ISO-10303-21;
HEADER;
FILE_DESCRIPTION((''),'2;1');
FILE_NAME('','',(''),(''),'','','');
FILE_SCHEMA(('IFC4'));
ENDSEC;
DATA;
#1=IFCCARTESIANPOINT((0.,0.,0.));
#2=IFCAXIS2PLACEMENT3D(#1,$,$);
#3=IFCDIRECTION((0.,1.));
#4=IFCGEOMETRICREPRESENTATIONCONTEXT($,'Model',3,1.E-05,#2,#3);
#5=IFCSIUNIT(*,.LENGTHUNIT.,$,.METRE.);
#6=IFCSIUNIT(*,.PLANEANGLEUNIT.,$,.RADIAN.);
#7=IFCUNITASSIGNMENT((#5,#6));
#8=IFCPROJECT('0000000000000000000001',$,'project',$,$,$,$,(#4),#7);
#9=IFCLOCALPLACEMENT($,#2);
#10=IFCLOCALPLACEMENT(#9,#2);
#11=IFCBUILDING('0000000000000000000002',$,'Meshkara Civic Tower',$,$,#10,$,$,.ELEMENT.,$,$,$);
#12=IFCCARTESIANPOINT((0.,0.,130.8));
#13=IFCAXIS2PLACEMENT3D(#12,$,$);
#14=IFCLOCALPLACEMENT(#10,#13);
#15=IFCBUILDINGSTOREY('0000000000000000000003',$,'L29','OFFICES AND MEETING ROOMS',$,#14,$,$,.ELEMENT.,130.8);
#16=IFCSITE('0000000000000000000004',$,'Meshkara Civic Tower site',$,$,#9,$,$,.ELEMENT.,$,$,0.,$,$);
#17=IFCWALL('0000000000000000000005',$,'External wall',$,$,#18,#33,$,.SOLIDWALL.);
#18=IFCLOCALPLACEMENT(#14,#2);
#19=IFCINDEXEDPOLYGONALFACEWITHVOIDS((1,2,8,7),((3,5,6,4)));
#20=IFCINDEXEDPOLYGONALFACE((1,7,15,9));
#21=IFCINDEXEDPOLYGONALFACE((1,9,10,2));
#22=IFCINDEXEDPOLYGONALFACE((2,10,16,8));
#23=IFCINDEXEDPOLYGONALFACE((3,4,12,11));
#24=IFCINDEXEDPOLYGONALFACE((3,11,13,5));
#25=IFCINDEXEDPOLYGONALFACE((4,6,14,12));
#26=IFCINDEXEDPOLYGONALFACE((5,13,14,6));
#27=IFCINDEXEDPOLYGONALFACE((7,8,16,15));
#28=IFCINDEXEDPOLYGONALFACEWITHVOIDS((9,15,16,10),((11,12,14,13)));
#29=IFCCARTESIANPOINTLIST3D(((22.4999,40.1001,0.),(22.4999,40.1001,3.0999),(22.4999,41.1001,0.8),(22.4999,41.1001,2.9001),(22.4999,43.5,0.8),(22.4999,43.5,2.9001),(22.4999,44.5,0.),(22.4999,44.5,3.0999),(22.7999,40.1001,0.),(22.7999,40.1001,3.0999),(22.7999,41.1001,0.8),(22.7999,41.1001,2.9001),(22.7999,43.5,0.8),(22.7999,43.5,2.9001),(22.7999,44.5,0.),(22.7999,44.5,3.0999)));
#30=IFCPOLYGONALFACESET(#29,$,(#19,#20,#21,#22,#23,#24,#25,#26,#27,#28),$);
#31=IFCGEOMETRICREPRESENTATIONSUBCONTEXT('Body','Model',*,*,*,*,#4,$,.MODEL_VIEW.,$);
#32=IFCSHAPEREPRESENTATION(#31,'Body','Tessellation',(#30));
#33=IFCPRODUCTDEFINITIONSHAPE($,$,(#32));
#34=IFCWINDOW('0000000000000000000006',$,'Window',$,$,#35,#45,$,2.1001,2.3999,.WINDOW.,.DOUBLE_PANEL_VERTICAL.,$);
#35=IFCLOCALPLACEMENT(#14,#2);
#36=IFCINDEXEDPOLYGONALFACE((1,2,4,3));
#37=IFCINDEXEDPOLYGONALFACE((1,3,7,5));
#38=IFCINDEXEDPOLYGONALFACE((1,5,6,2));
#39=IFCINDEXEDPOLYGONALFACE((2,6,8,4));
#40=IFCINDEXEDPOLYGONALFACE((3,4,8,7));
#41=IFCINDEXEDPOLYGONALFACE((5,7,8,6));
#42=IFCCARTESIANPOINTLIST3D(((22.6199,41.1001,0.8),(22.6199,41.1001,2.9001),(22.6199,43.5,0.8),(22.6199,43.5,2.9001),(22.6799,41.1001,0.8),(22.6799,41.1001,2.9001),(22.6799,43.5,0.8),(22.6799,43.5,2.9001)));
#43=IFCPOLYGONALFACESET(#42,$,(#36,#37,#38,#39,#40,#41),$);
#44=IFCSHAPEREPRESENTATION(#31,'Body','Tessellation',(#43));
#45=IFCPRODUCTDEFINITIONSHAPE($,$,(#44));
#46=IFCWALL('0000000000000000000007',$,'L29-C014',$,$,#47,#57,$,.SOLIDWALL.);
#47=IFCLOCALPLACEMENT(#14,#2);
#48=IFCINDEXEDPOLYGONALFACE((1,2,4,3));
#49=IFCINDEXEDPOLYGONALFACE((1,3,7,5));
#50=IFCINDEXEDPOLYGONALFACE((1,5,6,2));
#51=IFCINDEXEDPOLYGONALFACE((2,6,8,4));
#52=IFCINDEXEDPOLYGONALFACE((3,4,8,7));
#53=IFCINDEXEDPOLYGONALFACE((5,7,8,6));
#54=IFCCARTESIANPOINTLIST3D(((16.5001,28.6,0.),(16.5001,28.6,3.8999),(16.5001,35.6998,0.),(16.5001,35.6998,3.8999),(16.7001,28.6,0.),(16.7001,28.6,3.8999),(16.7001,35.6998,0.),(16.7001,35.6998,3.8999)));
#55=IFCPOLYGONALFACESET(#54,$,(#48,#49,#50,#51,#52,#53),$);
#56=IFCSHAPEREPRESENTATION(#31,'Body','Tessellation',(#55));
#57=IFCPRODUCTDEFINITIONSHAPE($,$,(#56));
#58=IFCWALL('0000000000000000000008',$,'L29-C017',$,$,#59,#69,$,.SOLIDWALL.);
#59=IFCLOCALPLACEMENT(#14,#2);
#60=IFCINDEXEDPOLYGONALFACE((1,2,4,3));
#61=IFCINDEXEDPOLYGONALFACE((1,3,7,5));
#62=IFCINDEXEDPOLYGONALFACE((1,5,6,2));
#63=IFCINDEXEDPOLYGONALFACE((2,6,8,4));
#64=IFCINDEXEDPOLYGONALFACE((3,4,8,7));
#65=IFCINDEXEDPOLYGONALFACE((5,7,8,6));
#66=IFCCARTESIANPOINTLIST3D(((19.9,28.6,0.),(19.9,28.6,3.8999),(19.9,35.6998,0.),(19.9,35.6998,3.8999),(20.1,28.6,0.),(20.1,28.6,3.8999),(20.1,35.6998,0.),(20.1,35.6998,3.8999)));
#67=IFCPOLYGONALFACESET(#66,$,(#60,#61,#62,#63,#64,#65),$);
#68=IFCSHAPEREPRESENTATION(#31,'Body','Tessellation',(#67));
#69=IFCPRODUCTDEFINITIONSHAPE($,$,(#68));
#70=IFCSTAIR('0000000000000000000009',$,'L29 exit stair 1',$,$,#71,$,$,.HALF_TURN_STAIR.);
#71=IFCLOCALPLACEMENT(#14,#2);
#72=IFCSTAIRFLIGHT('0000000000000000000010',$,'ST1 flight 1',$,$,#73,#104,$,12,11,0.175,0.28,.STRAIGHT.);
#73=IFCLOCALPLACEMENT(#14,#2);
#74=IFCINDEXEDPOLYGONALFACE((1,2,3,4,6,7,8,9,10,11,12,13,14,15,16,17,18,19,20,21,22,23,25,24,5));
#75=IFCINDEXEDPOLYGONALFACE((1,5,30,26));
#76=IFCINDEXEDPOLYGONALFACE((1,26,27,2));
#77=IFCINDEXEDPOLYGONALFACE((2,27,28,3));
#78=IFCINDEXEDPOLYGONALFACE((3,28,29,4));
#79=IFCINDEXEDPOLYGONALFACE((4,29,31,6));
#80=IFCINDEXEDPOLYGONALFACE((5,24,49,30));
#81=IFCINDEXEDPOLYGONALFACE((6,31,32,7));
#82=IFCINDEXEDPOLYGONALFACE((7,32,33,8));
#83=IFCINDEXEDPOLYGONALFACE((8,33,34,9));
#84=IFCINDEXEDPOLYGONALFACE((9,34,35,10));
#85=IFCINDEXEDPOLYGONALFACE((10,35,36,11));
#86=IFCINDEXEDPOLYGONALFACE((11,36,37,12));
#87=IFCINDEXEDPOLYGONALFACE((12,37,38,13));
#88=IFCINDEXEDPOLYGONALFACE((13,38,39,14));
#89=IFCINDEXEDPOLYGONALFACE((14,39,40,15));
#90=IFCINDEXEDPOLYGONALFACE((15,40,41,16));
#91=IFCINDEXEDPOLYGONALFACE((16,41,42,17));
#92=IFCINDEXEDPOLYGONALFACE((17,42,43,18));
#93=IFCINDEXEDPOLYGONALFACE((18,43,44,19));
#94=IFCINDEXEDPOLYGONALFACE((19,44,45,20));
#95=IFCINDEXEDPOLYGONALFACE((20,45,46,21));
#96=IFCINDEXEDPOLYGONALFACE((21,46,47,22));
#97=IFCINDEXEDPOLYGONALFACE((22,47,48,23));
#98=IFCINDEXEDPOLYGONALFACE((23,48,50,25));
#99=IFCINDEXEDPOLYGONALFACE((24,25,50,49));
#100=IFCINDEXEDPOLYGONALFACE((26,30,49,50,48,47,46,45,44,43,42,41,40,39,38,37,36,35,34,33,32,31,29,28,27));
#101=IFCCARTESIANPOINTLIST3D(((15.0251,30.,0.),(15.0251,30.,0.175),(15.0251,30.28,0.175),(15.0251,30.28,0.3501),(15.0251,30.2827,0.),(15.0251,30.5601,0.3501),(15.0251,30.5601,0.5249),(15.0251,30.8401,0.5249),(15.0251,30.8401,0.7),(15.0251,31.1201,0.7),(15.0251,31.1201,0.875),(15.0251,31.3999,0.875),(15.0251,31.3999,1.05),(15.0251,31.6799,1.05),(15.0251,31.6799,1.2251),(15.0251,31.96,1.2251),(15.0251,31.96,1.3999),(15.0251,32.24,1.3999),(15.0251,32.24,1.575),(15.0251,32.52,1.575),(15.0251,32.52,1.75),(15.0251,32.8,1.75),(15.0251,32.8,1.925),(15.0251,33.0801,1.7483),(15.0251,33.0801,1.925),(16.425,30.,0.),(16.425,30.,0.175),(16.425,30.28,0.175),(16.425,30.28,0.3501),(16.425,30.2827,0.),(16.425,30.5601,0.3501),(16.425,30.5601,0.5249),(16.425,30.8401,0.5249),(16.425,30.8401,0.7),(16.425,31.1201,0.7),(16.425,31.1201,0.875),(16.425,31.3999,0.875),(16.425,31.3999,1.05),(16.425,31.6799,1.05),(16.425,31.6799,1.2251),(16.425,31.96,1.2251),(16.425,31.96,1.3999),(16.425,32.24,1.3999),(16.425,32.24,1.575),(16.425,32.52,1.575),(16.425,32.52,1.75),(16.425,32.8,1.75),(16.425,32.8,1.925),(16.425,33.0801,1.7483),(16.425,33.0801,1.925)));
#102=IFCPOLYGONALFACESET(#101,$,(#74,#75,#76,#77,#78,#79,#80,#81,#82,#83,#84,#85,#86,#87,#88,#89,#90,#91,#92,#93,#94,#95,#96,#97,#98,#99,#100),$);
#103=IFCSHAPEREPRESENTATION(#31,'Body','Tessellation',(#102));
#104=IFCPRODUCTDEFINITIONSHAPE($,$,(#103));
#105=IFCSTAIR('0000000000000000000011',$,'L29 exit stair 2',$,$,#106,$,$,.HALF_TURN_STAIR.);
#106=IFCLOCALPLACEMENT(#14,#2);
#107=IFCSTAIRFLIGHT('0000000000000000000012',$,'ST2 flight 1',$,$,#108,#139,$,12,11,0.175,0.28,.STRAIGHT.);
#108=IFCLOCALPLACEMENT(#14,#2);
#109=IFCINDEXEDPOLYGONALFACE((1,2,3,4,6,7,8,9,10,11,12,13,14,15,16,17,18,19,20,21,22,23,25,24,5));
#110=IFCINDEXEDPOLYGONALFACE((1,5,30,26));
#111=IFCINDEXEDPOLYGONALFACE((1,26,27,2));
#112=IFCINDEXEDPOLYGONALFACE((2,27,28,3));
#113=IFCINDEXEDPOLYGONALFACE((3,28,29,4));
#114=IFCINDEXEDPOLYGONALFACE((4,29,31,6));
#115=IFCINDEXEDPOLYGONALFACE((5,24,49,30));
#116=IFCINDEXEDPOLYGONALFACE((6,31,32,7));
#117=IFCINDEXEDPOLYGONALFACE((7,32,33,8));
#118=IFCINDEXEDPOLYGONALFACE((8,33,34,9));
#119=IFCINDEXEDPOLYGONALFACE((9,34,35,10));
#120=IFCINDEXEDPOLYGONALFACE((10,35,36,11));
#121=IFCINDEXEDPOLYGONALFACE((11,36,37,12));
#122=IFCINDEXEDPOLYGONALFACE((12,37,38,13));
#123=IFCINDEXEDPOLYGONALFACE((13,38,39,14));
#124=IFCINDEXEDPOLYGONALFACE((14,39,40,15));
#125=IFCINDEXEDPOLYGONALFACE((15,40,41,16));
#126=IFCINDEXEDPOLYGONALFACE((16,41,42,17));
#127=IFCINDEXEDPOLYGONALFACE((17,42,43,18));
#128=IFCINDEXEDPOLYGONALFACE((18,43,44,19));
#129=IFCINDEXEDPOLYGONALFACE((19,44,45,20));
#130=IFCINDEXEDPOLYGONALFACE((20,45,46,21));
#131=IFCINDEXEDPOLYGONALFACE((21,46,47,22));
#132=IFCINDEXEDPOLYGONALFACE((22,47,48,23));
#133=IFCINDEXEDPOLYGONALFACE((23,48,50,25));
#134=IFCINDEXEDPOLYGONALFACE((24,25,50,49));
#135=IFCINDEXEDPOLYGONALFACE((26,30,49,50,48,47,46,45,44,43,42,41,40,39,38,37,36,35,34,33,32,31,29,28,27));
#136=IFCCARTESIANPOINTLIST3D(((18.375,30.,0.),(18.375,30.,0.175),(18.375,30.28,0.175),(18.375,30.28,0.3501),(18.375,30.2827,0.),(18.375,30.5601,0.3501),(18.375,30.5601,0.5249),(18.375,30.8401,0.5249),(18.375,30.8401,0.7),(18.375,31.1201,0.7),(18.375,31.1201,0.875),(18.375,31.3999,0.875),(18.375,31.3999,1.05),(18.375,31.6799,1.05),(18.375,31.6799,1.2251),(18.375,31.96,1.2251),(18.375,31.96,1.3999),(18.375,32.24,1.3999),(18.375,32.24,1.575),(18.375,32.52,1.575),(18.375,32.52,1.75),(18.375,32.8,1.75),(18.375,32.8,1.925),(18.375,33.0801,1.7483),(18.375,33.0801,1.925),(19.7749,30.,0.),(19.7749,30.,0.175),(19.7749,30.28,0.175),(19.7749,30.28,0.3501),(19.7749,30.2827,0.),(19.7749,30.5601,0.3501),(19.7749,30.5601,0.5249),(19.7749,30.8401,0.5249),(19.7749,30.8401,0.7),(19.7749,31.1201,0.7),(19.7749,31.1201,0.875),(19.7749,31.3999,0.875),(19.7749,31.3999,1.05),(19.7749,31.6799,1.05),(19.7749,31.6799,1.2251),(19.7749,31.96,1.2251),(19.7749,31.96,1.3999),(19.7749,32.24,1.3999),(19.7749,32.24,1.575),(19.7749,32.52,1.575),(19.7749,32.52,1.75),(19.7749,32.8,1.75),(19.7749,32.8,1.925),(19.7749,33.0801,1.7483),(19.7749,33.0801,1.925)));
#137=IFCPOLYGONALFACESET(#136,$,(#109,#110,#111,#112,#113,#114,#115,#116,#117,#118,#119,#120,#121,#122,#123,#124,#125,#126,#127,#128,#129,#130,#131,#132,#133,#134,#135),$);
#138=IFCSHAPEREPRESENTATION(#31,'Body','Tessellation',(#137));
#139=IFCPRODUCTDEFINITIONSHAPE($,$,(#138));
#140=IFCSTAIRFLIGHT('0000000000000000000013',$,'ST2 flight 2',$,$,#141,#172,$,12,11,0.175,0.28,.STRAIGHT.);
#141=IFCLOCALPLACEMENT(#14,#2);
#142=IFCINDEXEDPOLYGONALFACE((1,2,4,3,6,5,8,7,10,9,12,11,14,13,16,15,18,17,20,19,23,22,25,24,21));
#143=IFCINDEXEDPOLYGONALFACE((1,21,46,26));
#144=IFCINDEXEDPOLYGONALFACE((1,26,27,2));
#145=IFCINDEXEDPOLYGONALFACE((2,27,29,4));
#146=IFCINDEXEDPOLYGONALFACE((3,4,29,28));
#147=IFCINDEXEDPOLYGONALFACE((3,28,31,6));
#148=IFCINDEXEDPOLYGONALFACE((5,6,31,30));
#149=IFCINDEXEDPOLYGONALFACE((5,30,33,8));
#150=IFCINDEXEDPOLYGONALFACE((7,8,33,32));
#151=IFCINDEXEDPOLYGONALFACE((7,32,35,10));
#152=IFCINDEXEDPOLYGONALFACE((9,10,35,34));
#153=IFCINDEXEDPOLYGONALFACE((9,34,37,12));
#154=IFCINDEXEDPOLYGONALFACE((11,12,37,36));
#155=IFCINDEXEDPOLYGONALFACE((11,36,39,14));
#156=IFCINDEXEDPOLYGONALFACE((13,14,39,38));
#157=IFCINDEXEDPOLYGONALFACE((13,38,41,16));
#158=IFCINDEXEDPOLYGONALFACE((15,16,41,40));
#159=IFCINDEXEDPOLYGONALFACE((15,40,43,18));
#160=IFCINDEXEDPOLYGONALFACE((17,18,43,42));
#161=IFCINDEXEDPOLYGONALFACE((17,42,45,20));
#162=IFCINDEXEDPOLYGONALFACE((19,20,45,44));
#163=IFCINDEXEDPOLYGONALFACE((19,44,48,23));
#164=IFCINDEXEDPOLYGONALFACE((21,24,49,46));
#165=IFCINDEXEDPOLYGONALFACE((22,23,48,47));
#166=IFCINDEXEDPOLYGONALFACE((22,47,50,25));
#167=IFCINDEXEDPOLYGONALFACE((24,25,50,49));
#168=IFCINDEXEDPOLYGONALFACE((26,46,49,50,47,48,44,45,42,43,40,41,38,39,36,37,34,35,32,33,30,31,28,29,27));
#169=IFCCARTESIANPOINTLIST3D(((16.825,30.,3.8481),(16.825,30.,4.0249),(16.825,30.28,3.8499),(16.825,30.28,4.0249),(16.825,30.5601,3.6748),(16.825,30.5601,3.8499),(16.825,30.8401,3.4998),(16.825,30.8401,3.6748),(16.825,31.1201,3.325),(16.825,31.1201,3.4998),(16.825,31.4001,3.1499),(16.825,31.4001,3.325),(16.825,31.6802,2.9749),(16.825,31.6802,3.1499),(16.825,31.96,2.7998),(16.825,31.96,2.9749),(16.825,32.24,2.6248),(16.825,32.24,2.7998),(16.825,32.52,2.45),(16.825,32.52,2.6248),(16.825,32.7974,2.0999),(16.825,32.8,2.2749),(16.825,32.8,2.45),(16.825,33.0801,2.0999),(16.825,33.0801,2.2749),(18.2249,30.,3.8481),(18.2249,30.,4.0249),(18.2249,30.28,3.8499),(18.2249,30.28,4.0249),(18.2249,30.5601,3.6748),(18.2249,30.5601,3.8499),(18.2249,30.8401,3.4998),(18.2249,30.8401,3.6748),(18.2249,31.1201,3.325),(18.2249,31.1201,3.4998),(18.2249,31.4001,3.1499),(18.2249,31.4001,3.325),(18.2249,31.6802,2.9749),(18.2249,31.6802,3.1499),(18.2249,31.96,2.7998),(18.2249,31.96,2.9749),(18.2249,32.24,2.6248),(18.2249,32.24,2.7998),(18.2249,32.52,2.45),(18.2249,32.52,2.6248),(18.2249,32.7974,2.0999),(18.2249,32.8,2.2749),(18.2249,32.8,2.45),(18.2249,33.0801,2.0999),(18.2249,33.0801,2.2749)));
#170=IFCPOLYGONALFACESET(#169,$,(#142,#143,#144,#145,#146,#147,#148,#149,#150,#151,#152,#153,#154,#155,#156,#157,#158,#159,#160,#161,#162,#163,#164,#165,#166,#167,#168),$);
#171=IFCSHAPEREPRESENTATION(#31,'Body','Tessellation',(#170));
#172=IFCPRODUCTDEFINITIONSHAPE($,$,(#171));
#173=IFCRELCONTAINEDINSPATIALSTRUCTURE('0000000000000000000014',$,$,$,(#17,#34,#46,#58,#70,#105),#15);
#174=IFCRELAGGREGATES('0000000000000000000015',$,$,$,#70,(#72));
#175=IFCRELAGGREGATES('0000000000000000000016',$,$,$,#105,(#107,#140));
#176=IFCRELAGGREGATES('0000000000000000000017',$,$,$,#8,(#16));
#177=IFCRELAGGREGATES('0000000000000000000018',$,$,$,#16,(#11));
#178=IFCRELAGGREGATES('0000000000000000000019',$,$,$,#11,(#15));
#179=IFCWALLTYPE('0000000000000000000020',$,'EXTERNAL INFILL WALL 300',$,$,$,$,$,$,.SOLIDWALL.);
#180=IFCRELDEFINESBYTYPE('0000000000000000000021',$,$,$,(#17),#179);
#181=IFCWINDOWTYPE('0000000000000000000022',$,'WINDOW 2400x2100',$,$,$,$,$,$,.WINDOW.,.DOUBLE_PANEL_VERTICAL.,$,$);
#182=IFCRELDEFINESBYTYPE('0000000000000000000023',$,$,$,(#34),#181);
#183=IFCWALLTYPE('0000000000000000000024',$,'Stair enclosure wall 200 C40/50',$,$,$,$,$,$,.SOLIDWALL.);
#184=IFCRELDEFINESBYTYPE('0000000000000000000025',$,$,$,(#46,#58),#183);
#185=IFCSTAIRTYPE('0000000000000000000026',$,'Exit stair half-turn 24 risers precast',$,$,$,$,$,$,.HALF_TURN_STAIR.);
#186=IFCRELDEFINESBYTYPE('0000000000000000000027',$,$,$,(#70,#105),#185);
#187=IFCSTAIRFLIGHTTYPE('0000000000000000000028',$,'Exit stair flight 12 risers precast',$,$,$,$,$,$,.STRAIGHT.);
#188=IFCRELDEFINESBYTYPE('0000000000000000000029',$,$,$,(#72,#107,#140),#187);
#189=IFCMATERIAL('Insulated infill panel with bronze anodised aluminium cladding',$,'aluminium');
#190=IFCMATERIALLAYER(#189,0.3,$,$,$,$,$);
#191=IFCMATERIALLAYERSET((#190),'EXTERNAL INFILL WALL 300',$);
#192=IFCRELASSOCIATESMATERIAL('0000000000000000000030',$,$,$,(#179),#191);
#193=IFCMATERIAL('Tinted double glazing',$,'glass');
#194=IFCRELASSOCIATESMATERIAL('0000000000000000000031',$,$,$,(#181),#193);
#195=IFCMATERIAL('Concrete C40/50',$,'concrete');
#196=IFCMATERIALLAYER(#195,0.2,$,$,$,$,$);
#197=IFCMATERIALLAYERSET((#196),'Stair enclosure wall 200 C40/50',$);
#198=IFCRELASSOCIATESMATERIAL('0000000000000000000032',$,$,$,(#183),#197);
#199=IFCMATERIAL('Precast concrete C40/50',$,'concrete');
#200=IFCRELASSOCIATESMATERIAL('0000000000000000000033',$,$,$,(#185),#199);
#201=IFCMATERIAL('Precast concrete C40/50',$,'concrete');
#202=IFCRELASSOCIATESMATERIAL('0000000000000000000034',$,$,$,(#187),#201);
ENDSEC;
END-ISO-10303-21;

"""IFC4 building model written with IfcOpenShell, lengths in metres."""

from ifc_helpers import new_model, si_unit, direction, frame, frame_2d, origin, place, context, subcontext, project, spatial, polyline, rectangle, outline, extrude, material, layer, layer_set, type_object, element, fill, aggregate, save


model = new_model("IFC4")

# Units and contexts
model_context = context("Model", 3, precision=1e-05, world=origin(), true_north=direction((0.0, 1.0)))
body_context = subcontext(model_context, "Body", "Model", "MODEL_VIEW")
ifc_project = project(units=[si_unit("LENGTHUNIT", "METRE"), si_unit("PLANEANGLEUNIT", "RADIAN")], contexts=[model_context])

# Site, building, storey
site_placement = place(None, origin())
site = spatial("IfcSite", under=ifc_project, at=site_placement, Name="Meshkara Civic Tower site", CompositionType="ELEMENT", RefElevation=0.0)
building_placement = place(site_placement, origin())
building = spatial("IfcBuilding", under=site, at=building_placement, Name="Meshkara Civic Tower", CompositionType="ELEMENT")
storey_placement = place(building_placement, frame((0.0, 0.0, 130.8)))
storey = spatial("IfcBuildingStorey", under=building, at=storey_placement, Name="L29", Description="OFFICES AND MEETING ROOMS", CompositionType="ELEMENT", Elevation=130.8)

# Wall, opening, window
ifc_material_1 = material(Name="Insulated infill panel with bronze anodised aluminium cladding", Category="aluminium")
ifc_layer_1 = layer(ifc_material_1, 0.3)
ifc_layer_set_1 = layer_set([ifc_layer_1], Name="EXTERNAL INFILL WALL 300")
wall_type_1 = type_object("IfcWallType", Name="EXTERNAL INFILL WALL 300", PredefinedType="SOLIDWALL", material=ifc_layer_set_1)
ifc_material_2 = material(Name="Tinted double glazing", Category="glass")
window_type_1 = type_object("IfcWindowType", Name="WINDOW 2400x2100", PartitioningType="DOUBLE_PANEL_VERTICAL", PredefinedType="WINDOW", material=ifc_material_2)
wall_1_placement = place(storey_placement, frame((22.6499, 40.1001, 0.0), z_axis=(0.0, 0.0, 1.0), x_axis=(0.0, 1.0, 0.0)))
wall_1 = element("IfcWall", 1, at=wall_1_placement, inside=storey, type_object=wall_type_1, Name="External wall", PredefinedType="SOLIDWALL", context=body_context, shape_type="SweptSolid", body=[
    extrude(rectangle(XDim=4.3999, YDim=0.3, at=frame_2d((2.2, 0.0))), origin(), (0.0, 0.0, 1.0), 3.0999),
])
opening_1_placement = place(wall_1_placement, frame((1.0, 0.0, 0.8)))
opening_1 = element("IfcOpeningElement", 2, at=opening_1_placement, cuts=wall_1, PredefinedType="OPENING", context=body_context, shape_type="SweptSolid", body=[
    extrude(rectangle(XDim=2.3999, YDim=2.1001, at=frame_2d((1.2, 1.05))), frame((0.0, 0.1599, 0.0), z_axis=(0.0, -1.0, 0.0), x_axis=(1.0, 0.0, 0.0)), (0.0, 0.0, 1.0), 0.3201),
])
window_1_placement = place(opening_1_placement, origin())
window_1 = element("IfcWindow", 3, at=window_1_placement, inside=storey, type_object=window_type_1, Name="Window", OverallHeight=2.1001, OverallWidth=2.3999, PartitioningType="DOUBLE_PANEL_VERTICAL", PredefinedType="WINDOW", context=body_context, shape_type="SweptSolid", body=[
    extrude(rectangle(XDim=2.3999, YDim=2.1001, at=frame_2d((1.2, 1.05))), frame((0.0, 0.03, 0.0), z_axis=(0.0, -1.0, 0.0), x_axis=(1.0, 0.0, 0.0)), (0.0, 0.0, 1.0), 0.0601),
])
fill(opening_1, window_1)

# Walls
ifc_material_3 = material(Name="Concrete C40/50", Category="concrete")
ifc_layer_2 = layer(ifc_material_3, 0.2)
ifc_layer_set_2 = layer_set([ifc_layer_2], Name="Stair enclosure wall 200 C40/50")
wall_type_2 = type_object("IfcWallType", Name="Stair enclosure wall 200 C40/50", PredefinedType="SOLIDWALL", material=ifc_layer_set_2)
for number, where, z_axis, x_axis, name in (
    (4, (16.6001, 28.6001, 0.0), (0.0, 0.0, 1.0), (0.0, 1.0, 0.0), "L29-C014"),
    (5, (20.0, 28.6001, 0.0), (0.0, 0.0, 1.0), (0.0, 1.0, 0.0), "L29-C017"),
):
    element("IfcWall", number, at=place(storey_placement, frame(where, z_axis=z_axis, x_axis=x_axis)), inside=storey, type_object=wall_type_2, Name=name, PredefinedType="SOLIDWALL", context=body_context, shape_type="SweptSolid", body=[
        extrude(rectangle(XDim=7.0999, YDim=0.2, at=frame_2d((3.5498, 0.0))), origin(), (0.0, 0.0, 1.0), 3.8999),
    ])

# Stair, stair flight
ifc_material_4 = material(Name="Precast concrete C40/50", Category="concrete")
stair_type = type_object("IfcStairType", Name="Exit stair half-turn 24 risers precast", PredefinedType="HALF_TURN_STAIR", material=ifc_material_4)
stair_1_placement = place(storey_placement, origin())
stair_1 = element("IfcStair", 6, at=stair_1_placement, inside=storey, type_object=stair_type, Name="L29 exit stair 1", PredefinedType="HALF_TURN_STAIR")
ifc_material_5 = material(Name="Precast concrete C40/50", Category="concrete")
stair_flight_type = type_object("IfcStairFlightType", Name="Exit stair flight 12 risers precast", PredefinedType="STRAIGHT", material=ifc_material_5)
stair_flight_1_placement = place(storey_placement, frame((15.7251, 30.0, 0.0), z_axis=(0.0, 0.0, 1.0), x_axis=(0.0, 1.0, 0.0)))
stair_flight_1 = element("IfcStairFlight", 7, at=stair_flight_1_placement, type_object=stair_flight_type, Name="ST1 flight 1", NumberOfRisers=12, NumberOfTreads=11, PredefinedType="STRAIGHT", RiserHeight=0.175, TreadLength=0.28, context=body_context, shape_type="SweptSolid", body=[
    extrude(outline(polyline([(0.0, 0.0), (0.0, 0.175), (0.28, 0.175), (0.28, 0.3501), (0.5601, 0.3501), (0.5601, 0.5249), (0.8401, 0.5249), (0.8401, 0.7), (1.1201, 0.7), (1.1201, 0.875), (1.3999, 0.875), (1.3999, 1.05), (1.6799, 1.05), (1.6799, 1.2251), (1.96, 1.2251), (1.96, 1.3999), (2.24, 1.3999), (2.24, 1.575), (2.52, 1.575), (2.52, 1.75), (2.8, 1.75), (2.8, 1.925), (3.0801, 1.925), (3.0801, 2.1001), (3.0801, 1.7483), (0.2827, 0.0), (0.0, 0.0)])), frame((0.0, 0.7, 0.0), z_axis=(0.0, -1.0, 0.0), x_axis=(1.0, 0.0, 0.0)), (0.0, 0.0, 1.0), 1.3999),
])
aggregate(stair_1, [stair_flight_1])

# Stair, stair flights
stair_2_placement = place(storey_placement, origin())
stair_2 = element("IfcStair", 8, at=stair_2_placement, inside=storey, type_object=stair_type, Name="L29 exit stair 2", PredefinedType="HALF_TURN_STAIR")
stair_flight_2_placement = place(storey_placement, frame((19.075, 30.0, 0.0), z_axis=(0.0, 0.0, 1.0), x_axis=(0.0, 1.0, 0.0)))
stair_flight_2 = element("IfcStairFlight", 9, at=stair_flight_2_placement, type_object=stair_flight_type, Name="ST2 flight 1", NumberOfRisers=12, NumberOfTreads=11, PredefinedType="STRAIGHT", RiserHeight=0.175, TreadLength=0.28, context=body_context, shape_type="SweptSolid", body=[
    extrude(outline(polyline([(0.0, 0.0), (0.0, 0.175), (0.28, 0.175), (0.28, 0.3501), (0.5601, 0.3501), (0.5601, 0.5249), (0.8401, 0.5249), (0.8401, 0.7), (1.1201, 0.7), (1.1201, 0.875), (1.3999, 0.875), (1.3999, 1.05), (1.6799, 1.05), (1.6799, 1.2251), (1.96, 1.2251), (1.96, 1.3999), (2.24, 1.3999), (2.24, 1.575), (2.52, 1.575), (2.52, 1.75), (2.8, 1.75), (2.8, 1.925), (3.0801, 1.925), (3.0801, 2.1001), (3.0801, 1.7483), (0.2827, 0.0), (0.0, 0.0)])), frame((0.0, 0.7, 0.0), z_axis=(0.0, -1.0, 0.0), x_axis=(1.0, 0.0, 0.0)), (0.0, 0.0, 1.0), 1.3999),
])
stair_flight_3_placement = place(storey_placement, frame((17.5249, 33.0801, 2.0999), z_axis=(0.0, 0.0, 1.0), x_axis=(0.0, -1.0, 0.0)))
stair_flight_3 = element("IfcStairFlight", 10, at=stair_flight_3_placement, type_object=stair_flight_type, Name="ST2 flight 2", NumberOfRisers=12, NumberOfTreads=11, PredefinedType="STRAIGHT", RiserHeight=0.175, TreadLength=0.28, context=body_context, shape_type="SweptSolid", body=[
    extrude(outline(polyline([(0.0, 0.0), (0.0, 0.175), (0.28, 0.175), (0.28, 0.3501), (0.5601, 0.3501), (0.5601, 0.5249), (0.8401, 0.5249), (0.8401, 0.7), (1.1201, 0.7), (1.1201, 0.875), (1.3999, 0.875), (1.3999, 1.05), (1.6799, 1.05), (1.6799, 1.2251), (1.96, 1.2251), (1.96, 1.3999), (2.24, 1.3999), (2.24, 1.575), (2.52, 1.575), (2.52, 1.75), (2.8, 1.75), (2.8, 1.925), (3.0801, 1.925), (3.0801, 2.1001), (3.0801, 1.7483), (0.2827, 0.0), (0.0, 0.0)])), frame((0.0, 0.7, 0.0), z_axis=(0.0, -1.0, 0.0), x_axis=(1.0, 0.0, 0.0)), (0.0, 0.0, 1.0), 1.3999),
])
aggregate(stair_2, [stair_flight_2, stair_flight_3])

save(model, "model.ifc")
